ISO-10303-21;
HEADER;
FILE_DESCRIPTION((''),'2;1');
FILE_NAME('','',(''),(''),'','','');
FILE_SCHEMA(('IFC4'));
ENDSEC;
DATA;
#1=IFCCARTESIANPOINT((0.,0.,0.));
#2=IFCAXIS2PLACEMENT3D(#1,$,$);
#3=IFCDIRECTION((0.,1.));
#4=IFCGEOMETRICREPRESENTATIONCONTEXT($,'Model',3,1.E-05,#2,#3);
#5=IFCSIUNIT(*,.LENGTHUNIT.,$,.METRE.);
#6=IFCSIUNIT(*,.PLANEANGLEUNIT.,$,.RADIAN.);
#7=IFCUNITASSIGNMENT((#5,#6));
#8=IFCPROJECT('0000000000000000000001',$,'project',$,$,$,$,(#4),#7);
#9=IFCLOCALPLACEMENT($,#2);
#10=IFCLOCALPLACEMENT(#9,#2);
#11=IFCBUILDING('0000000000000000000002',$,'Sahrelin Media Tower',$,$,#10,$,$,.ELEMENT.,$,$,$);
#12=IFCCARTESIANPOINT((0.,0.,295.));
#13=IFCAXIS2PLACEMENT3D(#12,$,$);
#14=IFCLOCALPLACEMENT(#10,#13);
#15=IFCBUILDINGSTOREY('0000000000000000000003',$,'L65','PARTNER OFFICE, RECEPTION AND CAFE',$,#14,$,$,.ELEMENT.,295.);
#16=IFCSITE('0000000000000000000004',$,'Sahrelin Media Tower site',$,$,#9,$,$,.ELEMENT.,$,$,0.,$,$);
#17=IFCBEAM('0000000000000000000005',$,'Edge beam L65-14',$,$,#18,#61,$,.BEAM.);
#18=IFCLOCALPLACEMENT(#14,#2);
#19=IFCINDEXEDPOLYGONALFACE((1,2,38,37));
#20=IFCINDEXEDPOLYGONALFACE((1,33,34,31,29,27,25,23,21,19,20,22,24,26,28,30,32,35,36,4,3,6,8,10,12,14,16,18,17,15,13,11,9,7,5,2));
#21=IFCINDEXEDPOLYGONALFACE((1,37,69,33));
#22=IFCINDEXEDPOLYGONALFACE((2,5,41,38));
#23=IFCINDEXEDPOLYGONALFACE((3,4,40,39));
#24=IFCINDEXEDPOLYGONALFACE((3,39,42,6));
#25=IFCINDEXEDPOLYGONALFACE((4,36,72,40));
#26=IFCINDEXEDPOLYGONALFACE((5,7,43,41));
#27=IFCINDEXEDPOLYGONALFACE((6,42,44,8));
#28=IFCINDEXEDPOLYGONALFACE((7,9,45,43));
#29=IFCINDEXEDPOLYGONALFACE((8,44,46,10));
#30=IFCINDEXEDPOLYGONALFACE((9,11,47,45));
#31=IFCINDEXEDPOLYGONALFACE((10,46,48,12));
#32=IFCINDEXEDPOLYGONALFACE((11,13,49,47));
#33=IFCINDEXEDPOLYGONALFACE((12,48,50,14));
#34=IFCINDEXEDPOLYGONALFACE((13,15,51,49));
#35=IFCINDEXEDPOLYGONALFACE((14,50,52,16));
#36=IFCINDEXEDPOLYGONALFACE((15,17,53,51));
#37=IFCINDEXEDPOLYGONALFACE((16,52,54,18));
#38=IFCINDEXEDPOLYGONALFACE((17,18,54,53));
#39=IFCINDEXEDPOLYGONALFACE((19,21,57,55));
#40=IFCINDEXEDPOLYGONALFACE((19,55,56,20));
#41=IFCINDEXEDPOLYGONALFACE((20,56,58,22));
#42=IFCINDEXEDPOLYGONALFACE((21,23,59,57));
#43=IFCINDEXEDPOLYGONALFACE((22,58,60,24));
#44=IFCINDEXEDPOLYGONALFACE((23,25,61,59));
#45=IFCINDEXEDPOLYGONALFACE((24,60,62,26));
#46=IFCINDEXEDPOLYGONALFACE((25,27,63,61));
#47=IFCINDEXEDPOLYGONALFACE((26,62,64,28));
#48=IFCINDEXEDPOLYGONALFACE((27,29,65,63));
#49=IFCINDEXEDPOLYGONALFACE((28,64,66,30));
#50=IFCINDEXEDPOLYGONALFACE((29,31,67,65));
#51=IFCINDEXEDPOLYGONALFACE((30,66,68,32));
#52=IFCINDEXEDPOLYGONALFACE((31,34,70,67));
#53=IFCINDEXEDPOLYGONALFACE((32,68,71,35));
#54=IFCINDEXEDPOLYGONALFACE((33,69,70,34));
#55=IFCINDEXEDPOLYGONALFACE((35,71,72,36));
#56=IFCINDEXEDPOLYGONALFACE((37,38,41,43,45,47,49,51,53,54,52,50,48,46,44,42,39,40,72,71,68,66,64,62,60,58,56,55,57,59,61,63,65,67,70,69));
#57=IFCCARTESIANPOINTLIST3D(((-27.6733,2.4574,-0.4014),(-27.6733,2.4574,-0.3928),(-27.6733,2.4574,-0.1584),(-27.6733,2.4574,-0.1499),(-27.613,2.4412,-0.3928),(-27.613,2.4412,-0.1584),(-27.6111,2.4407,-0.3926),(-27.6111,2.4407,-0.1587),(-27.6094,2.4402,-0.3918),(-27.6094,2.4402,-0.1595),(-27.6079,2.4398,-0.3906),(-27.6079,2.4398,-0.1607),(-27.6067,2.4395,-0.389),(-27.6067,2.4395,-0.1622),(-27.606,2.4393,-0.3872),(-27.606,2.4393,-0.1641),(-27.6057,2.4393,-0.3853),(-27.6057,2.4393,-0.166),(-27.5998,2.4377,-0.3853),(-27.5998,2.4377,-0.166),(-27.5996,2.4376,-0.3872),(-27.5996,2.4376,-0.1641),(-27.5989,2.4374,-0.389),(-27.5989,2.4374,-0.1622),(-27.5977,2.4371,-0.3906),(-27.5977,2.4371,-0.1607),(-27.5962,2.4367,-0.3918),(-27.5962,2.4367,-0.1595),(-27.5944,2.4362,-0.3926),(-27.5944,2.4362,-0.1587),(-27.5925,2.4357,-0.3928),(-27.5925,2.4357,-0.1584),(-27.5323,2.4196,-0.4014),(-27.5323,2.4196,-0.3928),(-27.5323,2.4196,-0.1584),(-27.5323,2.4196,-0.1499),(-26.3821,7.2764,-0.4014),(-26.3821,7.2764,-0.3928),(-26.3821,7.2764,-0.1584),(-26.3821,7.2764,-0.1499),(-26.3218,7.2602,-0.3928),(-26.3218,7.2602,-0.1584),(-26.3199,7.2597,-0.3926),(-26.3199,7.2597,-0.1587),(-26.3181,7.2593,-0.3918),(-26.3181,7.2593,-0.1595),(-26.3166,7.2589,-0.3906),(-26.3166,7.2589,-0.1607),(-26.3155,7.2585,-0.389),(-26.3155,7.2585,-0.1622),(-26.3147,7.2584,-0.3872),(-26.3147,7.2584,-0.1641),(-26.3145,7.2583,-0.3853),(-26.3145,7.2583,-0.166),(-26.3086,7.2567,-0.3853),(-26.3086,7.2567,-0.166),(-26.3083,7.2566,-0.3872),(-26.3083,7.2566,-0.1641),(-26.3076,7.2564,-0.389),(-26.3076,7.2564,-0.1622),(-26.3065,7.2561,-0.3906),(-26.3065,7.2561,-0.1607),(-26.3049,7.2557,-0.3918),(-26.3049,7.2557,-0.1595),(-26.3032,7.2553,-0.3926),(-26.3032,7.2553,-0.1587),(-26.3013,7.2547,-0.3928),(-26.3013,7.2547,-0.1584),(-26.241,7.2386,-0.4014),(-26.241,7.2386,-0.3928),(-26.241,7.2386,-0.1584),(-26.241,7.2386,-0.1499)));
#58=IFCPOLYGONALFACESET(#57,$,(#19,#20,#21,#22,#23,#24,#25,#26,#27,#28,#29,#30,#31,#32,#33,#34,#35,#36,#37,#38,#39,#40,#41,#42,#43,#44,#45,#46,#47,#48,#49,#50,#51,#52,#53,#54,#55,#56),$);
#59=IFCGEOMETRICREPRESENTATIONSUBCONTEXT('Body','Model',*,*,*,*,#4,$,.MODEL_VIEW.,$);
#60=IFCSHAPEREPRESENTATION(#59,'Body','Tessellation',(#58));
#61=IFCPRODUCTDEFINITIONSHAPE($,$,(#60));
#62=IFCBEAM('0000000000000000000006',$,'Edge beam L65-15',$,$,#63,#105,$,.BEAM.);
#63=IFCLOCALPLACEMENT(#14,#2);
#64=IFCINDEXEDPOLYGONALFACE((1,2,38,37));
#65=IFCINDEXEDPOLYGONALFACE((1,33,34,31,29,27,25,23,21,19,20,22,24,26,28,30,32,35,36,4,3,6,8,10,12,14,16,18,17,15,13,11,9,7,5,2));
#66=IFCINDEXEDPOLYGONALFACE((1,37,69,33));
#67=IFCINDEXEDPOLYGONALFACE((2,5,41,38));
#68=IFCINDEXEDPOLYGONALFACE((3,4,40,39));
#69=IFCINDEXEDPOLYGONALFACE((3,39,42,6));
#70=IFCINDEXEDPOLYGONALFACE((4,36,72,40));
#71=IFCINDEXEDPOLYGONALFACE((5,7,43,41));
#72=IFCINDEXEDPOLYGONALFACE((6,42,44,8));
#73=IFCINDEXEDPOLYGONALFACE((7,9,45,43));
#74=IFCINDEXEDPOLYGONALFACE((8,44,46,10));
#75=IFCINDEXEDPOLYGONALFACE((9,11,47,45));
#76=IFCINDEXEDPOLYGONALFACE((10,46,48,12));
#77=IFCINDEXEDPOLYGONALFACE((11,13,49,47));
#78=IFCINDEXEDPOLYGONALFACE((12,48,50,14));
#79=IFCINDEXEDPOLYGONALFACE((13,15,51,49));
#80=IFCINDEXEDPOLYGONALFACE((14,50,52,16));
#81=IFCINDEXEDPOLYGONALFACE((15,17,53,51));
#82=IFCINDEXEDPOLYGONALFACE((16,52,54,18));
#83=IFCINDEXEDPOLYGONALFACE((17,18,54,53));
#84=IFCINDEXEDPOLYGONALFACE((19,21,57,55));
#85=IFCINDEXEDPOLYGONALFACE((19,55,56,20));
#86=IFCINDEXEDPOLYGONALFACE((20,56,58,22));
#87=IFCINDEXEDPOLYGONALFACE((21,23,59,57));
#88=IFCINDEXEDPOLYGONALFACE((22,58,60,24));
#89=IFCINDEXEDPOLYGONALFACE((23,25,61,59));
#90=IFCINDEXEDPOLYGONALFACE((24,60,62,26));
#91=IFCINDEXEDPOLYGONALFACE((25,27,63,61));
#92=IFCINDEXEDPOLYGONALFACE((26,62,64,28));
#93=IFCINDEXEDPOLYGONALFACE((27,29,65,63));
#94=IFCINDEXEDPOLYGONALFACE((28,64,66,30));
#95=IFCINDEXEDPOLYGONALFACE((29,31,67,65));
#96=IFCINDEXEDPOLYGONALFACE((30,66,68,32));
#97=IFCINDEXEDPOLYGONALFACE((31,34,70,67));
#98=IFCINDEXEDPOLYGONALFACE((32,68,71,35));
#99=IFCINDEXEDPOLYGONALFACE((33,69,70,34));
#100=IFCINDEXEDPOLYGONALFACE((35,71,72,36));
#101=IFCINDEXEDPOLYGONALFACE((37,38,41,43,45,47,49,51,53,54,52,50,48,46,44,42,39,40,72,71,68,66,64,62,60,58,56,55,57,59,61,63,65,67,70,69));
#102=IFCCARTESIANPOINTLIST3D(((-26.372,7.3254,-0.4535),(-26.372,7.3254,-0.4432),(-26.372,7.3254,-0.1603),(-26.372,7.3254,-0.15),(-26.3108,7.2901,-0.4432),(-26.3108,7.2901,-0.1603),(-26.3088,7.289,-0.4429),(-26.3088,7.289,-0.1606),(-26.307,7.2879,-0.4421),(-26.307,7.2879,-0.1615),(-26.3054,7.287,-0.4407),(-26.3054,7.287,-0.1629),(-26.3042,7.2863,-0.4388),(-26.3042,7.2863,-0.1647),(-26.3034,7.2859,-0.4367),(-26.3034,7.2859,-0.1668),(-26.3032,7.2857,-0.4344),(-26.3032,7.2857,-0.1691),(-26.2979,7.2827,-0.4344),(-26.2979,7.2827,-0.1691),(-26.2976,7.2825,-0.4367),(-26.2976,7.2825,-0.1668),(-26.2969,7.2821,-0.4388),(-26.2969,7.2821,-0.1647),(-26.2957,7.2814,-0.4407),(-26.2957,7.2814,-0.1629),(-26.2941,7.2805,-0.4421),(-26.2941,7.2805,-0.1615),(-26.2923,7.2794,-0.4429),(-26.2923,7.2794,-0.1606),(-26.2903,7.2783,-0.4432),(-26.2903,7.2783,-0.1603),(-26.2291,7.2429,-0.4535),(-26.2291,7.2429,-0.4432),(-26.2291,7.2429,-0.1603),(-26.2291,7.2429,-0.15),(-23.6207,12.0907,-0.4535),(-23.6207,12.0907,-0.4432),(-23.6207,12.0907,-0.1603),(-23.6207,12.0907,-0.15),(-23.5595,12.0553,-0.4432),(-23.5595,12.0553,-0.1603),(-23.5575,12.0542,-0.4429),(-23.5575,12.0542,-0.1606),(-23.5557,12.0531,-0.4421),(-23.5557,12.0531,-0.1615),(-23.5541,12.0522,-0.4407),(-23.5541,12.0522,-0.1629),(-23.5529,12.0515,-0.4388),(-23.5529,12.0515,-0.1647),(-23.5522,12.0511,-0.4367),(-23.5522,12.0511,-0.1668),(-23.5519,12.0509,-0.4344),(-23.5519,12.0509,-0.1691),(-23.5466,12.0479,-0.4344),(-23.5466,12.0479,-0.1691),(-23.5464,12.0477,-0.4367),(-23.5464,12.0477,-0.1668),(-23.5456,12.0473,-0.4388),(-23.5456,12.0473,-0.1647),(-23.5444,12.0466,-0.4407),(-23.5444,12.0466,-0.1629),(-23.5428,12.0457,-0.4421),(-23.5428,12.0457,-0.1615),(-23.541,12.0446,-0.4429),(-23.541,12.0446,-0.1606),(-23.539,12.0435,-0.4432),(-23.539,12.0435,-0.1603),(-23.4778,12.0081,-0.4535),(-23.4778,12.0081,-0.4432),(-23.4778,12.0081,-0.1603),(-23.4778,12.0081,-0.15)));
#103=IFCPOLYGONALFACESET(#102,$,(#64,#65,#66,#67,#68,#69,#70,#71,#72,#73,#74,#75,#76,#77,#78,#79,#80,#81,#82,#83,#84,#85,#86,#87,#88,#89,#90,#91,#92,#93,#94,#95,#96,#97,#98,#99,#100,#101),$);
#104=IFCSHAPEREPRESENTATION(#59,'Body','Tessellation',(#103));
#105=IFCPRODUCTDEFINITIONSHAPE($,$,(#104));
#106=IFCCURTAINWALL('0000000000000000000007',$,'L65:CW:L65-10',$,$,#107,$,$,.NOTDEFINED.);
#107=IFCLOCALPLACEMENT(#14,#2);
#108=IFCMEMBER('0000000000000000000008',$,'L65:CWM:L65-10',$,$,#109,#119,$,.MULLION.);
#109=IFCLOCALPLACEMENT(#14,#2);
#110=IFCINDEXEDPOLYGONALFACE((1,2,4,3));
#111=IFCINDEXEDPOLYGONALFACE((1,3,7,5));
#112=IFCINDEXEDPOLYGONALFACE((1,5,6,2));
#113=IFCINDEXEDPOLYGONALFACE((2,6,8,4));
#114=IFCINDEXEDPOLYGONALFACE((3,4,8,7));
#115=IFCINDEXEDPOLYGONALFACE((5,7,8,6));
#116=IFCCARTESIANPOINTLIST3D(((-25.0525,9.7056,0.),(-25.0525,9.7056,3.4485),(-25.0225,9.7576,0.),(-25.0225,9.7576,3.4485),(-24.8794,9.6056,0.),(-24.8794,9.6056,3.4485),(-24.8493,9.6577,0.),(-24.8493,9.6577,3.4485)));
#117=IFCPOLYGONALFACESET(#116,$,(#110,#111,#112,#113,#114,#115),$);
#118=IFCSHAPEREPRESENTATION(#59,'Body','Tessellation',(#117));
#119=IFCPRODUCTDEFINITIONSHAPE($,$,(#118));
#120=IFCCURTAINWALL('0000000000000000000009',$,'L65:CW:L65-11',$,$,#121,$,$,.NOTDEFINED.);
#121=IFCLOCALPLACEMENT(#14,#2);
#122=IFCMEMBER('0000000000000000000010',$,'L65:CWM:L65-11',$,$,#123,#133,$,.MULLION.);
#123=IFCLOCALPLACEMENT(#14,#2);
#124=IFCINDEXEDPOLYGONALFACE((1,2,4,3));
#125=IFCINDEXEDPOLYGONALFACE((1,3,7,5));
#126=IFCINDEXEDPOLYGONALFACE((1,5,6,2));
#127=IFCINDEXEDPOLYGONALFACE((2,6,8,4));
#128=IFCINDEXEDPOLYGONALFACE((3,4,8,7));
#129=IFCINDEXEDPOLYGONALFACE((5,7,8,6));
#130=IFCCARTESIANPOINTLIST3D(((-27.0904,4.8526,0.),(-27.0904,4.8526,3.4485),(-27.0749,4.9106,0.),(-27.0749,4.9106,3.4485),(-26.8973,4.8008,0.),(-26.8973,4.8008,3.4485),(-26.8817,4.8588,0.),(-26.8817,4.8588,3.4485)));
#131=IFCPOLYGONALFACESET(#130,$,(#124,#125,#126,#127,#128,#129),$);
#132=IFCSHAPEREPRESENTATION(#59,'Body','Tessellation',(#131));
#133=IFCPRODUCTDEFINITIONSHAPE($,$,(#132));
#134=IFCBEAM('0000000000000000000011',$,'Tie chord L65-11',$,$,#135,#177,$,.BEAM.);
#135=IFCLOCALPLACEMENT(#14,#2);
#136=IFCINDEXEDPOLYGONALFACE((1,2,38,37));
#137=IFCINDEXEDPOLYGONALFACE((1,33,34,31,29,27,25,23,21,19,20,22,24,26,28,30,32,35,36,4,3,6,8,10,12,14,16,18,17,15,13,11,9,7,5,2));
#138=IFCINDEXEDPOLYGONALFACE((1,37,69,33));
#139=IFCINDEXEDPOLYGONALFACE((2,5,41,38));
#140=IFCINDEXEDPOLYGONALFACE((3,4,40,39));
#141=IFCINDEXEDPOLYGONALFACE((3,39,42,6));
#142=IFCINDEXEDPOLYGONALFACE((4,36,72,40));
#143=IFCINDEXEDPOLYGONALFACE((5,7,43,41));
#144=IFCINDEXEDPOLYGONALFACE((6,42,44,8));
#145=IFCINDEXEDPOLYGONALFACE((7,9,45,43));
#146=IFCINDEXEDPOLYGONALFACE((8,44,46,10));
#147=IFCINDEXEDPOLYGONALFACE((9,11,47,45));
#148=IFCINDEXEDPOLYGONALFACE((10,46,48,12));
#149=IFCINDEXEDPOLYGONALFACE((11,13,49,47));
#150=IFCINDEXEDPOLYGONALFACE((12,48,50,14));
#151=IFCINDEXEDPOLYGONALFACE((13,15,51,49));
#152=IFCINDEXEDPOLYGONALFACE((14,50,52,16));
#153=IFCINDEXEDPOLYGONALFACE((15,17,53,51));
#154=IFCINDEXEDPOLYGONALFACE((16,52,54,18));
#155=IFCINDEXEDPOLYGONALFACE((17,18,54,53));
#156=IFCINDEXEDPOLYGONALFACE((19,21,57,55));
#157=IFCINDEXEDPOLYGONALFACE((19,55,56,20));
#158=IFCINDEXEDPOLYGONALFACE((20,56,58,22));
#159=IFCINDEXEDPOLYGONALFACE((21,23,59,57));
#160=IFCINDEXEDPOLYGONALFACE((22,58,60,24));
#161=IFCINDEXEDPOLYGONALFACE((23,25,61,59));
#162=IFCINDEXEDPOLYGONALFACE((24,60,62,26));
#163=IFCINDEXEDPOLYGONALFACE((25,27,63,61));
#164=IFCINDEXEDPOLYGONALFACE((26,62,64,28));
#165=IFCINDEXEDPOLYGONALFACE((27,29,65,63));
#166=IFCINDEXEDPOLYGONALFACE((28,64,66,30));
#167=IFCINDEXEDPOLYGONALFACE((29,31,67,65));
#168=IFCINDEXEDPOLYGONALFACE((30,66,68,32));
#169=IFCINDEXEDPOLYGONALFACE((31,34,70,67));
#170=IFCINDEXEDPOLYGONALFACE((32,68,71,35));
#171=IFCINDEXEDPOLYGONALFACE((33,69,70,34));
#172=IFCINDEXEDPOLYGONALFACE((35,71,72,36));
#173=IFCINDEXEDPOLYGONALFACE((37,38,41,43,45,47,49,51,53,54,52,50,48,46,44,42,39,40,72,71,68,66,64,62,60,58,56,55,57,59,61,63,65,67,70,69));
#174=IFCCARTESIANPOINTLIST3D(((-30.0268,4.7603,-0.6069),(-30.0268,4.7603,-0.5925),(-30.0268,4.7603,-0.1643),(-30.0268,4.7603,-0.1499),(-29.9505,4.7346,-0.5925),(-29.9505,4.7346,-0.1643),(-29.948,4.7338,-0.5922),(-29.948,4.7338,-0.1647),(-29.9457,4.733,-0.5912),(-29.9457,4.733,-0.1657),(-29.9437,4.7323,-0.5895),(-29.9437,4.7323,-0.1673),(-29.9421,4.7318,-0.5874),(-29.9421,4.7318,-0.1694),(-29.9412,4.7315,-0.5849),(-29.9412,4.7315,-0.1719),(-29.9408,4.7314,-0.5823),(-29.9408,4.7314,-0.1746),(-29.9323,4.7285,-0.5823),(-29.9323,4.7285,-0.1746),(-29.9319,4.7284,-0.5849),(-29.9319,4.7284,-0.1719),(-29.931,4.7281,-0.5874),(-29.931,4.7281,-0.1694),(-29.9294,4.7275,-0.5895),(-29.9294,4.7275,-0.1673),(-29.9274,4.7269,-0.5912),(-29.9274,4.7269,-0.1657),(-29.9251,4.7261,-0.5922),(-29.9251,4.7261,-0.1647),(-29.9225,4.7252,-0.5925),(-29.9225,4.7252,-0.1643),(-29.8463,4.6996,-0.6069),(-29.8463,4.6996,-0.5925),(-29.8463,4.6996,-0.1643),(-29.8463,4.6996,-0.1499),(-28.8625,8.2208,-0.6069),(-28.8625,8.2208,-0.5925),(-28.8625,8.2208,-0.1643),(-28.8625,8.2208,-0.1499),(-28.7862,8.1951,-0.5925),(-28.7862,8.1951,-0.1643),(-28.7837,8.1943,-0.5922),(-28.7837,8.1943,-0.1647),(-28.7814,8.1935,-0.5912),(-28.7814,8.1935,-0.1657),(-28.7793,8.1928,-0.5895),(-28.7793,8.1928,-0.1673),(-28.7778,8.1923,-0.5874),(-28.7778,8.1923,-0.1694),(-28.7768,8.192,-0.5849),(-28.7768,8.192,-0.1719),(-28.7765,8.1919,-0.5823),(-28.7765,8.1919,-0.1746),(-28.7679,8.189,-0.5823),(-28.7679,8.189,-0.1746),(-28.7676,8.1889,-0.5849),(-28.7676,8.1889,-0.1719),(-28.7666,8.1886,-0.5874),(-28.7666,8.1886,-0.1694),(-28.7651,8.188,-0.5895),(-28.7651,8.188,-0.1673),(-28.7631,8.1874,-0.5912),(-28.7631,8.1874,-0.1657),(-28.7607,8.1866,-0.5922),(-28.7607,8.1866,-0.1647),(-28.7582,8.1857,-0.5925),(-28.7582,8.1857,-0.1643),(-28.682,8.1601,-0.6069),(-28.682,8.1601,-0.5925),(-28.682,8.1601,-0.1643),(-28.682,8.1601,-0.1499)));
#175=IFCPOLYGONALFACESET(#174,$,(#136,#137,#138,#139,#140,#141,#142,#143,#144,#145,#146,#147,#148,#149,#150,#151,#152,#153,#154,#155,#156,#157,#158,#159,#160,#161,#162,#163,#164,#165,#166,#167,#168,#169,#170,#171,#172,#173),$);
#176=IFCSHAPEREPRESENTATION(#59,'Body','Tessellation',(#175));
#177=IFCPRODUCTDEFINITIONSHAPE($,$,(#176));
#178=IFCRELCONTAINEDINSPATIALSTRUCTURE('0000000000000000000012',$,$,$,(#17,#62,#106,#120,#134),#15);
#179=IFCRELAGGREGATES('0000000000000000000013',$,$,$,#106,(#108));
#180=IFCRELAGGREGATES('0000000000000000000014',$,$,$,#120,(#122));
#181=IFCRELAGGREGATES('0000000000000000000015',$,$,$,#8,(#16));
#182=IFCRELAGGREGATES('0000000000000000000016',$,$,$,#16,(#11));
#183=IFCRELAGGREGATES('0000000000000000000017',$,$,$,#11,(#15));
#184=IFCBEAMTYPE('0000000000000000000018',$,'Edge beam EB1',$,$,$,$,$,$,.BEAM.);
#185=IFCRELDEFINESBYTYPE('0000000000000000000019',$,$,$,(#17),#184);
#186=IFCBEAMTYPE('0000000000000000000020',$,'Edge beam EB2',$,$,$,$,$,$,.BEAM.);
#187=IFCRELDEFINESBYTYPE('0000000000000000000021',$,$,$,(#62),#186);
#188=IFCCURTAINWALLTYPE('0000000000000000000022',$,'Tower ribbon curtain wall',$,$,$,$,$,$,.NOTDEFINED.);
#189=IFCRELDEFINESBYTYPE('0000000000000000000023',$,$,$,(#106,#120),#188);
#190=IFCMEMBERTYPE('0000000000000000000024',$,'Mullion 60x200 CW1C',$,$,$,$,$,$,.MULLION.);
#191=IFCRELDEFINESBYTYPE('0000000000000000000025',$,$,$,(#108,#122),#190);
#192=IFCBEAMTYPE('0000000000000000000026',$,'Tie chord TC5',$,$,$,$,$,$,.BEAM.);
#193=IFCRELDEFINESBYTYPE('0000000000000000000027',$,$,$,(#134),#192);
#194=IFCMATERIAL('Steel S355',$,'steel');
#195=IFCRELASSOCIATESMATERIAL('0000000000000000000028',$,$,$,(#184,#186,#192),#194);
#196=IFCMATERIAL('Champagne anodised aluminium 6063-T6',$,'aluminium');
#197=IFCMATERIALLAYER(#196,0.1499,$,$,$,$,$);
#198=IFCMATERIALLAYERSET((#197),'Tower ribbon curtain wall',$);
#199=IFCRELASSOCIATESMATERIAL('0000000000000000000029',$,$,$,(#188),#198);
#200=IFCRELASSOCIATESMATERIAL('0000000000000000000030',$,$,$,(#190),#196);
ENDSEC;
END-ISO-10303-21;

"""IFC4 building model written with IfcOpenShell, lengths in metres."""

from ifc_helpers import new_model, si_unit, direction, frame, origin, origin_2d, place, context, subcontext, project, spatial, rectangle, i_section, extrude, material, layer, layer_set, material_profile, profile_set, type_object, element, aggregate, save


model = new_model("IFC4")

# Units and contexts
model_context = context("Model", 3, precision=1e-05, world=origin(), true_north=direction((0.0, 1.0)))
body_context = subcontext(model_context, "Body", "Model", "MODEL_VIEW")
ifc_project = project(units=[si_unit("LENGTHUNIT", "METRE"), si_unit("PLANEANGLEUNIT", "RADIAN")], contexts=[model_context])

# Site, building, storey
site_placement = place(None, origin())
site = spatial("IfcSite", under=ifc_project, at=site_placement, Name="Sahrelin Media Tower site", CompositionType="ELEMENT", RefElevation=0.0)
building_placement = place(site_placement, origin())
building = spatial("IfcBuilding", under=site, at=building_placement, Name="Sahrelin Media Tower", CompositionType="ELEMENT")
storey_placement = place(building_placement, frame((0.0, 0.0, 295.0)))
storey = spatial("IfcBuildingStorey", under=building, at=storey_placement, Name="L65", Description="PARTNER OFFICE, RECEPTION AND CAFE", CompositionType="ELEMENT", Elevation=295.0)

# Beams
ifc_material_1 = material(Name="Steel S355", Category="steel")
ifc_material_profile_1 = material_profile(ifc_material_1, i_section(OverallWidth=0.146, OverallDepth=0.2515, WebThickness=0.0061, FlangeThickness=0.0085, FilletRadius=0.0076, at=origin_2d()), Name="UB 254x146x31")
ifc_profile_set_1 = profile_set([ifc_material_profile_1], Name="Steel S355")
beam_type_1 = type_object("IfcBeamType", Name="Edge beam EB1", PredefinedType="BEAM", material=ifc_profile_set_1)
beam_1_placement = place(storey_placement, frame((-27.6028, 2.4385, -0.2756), z_axis=(0.258817, 0.965926, 0.0), x_axis=(-0.965926, 0.258817, 0.0)))
element("IfcBeam", 1, at=beam_1_placement, inside=storey, type_object=beam_type_1, Name="Edge beam L65-14", PredefinedType="BEAM", context=body_context, shape_type="SweptSolid", body=[
    extrude(i_section(OverallWidth=0.146, OverallDepth=0.2515, WebThickness=0.0061, FlangeThickness=0.0085, FilletRadius=0.0076, at=origin_2d()), origin(), (0.0, 0.0, 1.0), 4.989),
])
ifc_material_profile_2 = material_profile(ifc_material_1, i_section(OverallWidth=0.165, OverallDepth=0.3035, WebThickness=0.0061, FlangeThickness=0.0103, FilletRadius=0.0088, at=origin_2d()), Name="UB 305x165x40")
ifc_profile_set_2 = profile_set([ifc_material_profile_2], Name="Steel S355")
beam_type_2 = type_object("IfcBeamType", Name="Edge beam EB2", PredefinedType="BEAM", material=ifc_profile_set_2)
beam_2_placement = place(storey_placement, frame((-26.3005, 7.2842, -0.3018), z_axis=(0.500009, 0.86602, 0.0), x_axis=(-0.86602, 0.500009, 0.0)))
element("IfcBeam", 2, at=beam_2_placement, inside=storey, type_object=beam_type_2, Name="Edge beam L65-15", PredefinedType="BEAM", context=body_context, shape_type="SweptSolid", body=[
    extrude(i_section(OverallWidth=0.165, OverallDepth=0.3035, WebThickness=0.0061, FlangeThickness=0.0103, FilletRadius=0.0088, at=origin_2d()), origin(), (0.0, 0.0, 1.0), 5.5024),
])

# Curtain walls, members
ifc_material_2 = material(Name="Champagne anodised aluminium 6063-T6", Category="aluminium")
ifc_layer_1 = layer(ifc_material_2, 0.1499)
ifc_layer_set_1 = layer_set([ifc_layer_1], Name="Tower ribbon curtain wall")
curtain_wall_type = type_object("IfcCurtainWallType", Name="Tower ribbon curtain wall", PredefinedType="NOTDEFINED", material=ifc_layer_set_1)
curtain_wall_1_placement = place(storey_placement, frame((-25.0549, 9.7417, 0.0), z_axis=(0.0, 0.0, 1.0), x_axis=(1.0, 0.0, 0.0)))
curtain_wall_1 = element("IfcCurtainWall", 3, at=curtain_wall_1_placement, inside=storey, type_object=curtain_wall_type, Name="L65:CW:L65-10", PredefinedType="NOTDEFINED")
ifc_material_profile_3 = material_profile(ifc_material_2, rectangle(XDim=0.0601, YDim=0.2, at=origin_2d()), Name="Mullion 60x200")
ifc_profile_set_3 = profile_set([ifc_material_profile_3], Name="Champagne anodised aluminium 6063-T6")
member_type_1 = type_object("IfcMemberType", Name="Mullion 60x200 CW1C", PredefinedType="MULLION", material=ifc_profile_set_3)
member_1_placement = place(storey_placement, frame((-24.9509, 9.6816, 0.0), z_axis=(0.0, 0.0, 1.0), x_axis=(-0.500011, -0.866019, 0.0)))
member_1 = element("IfcMember", 4, at=member_1_placement, type_object=member_type_1, Name="L65:CWM:L65-10", PredefinedType="MULLION", context=body_context, shape_type="SweptSolid", body=[
    extrude(rectangle(XDim=0.0601, YDim=0.2, at=origin_2d()), origin(), (0.0, 0.0, 1.0), 3.4485),
])
curtain_wall_2_placement = place(storey_placement, frame((-27.1021, 4.887, 0.0), z_axis=(0.0, 0.0, 1.0), x_axis=(1.0, 0.0, 0.0)))
curtain_wall_2 = element("IfcCurtainWall", 5, at=curtain_wall_2_placement, inside=storey, type_object=curtain_wall_type, Name="L65:CW:L65-11", PredefinedType="NOTDEFINED")
member_2_placement = place(storey_placement, frame((-26.9861, 4.8557, 0.0), z_axis=(0.0, 0.0, 1.0), x_axis=(-0.258817, -0.965926, 0.0)))
member_2 = element("IfcMember", 6, at=member_2_placement, type_object=member_type_1, Name="L65:CWM:L65-11", PredefinedType="MULLION", context=body_context, shape_type="SweptSolid", body=[
    extrude(rectangle(XDim=0.0601, YDim=0.2, at=origin_2d()), origin(), (0.0, 0.0, 1.0), 3.4485),
])

# Beam
ifc_material_profile_4 = material_profile(ifc_material_1, i_section(OverallWidth=0.1904, OverallDepth=0.457, WebThickness=0.009, FlangeThickness=0.0144, FilletRadius=0.0103, at=origin_2d()), Name="UB 457x191x74")
ifc_profile_set_4 = profile_set([ifc_material_profile_4], Name="Steel S355")
beam_type_3 = type_object("IfcBeamType", Name="Tie chord TC5", PredefinedType="BEAM", material=ifc_profile_set_4)
beam_3_placement = place(storey_placement, frame((-28.7722, 8.1904, -0.3784), z_axis=(-0.318895, -0.94779, 0.0), x_axis=(0.94779, -0.318895, 0.0)))
element("IfcBeam", 7, at=beam_3_placement, inside=storey, type_object=beam_type_3, Name="Tie chord L65-11", PredefinedType="BEAM", context=body_context, shape_type="SweptSolid", body=[
    extrude(i_section(OverallWidth=0.1904, OverallDepth=0.457, WebThickness=0.009, FlangeThickness=0.0144, FilletRadius=0.0103, at=origin_2d()), origin(), (0.0, 0.0, 1.0), 3.6511),
])

aggregate(curtain_wall_1, [member_1])

aggregate(curtain_wall_2, [member_2])

save(model, "model.ifc")
